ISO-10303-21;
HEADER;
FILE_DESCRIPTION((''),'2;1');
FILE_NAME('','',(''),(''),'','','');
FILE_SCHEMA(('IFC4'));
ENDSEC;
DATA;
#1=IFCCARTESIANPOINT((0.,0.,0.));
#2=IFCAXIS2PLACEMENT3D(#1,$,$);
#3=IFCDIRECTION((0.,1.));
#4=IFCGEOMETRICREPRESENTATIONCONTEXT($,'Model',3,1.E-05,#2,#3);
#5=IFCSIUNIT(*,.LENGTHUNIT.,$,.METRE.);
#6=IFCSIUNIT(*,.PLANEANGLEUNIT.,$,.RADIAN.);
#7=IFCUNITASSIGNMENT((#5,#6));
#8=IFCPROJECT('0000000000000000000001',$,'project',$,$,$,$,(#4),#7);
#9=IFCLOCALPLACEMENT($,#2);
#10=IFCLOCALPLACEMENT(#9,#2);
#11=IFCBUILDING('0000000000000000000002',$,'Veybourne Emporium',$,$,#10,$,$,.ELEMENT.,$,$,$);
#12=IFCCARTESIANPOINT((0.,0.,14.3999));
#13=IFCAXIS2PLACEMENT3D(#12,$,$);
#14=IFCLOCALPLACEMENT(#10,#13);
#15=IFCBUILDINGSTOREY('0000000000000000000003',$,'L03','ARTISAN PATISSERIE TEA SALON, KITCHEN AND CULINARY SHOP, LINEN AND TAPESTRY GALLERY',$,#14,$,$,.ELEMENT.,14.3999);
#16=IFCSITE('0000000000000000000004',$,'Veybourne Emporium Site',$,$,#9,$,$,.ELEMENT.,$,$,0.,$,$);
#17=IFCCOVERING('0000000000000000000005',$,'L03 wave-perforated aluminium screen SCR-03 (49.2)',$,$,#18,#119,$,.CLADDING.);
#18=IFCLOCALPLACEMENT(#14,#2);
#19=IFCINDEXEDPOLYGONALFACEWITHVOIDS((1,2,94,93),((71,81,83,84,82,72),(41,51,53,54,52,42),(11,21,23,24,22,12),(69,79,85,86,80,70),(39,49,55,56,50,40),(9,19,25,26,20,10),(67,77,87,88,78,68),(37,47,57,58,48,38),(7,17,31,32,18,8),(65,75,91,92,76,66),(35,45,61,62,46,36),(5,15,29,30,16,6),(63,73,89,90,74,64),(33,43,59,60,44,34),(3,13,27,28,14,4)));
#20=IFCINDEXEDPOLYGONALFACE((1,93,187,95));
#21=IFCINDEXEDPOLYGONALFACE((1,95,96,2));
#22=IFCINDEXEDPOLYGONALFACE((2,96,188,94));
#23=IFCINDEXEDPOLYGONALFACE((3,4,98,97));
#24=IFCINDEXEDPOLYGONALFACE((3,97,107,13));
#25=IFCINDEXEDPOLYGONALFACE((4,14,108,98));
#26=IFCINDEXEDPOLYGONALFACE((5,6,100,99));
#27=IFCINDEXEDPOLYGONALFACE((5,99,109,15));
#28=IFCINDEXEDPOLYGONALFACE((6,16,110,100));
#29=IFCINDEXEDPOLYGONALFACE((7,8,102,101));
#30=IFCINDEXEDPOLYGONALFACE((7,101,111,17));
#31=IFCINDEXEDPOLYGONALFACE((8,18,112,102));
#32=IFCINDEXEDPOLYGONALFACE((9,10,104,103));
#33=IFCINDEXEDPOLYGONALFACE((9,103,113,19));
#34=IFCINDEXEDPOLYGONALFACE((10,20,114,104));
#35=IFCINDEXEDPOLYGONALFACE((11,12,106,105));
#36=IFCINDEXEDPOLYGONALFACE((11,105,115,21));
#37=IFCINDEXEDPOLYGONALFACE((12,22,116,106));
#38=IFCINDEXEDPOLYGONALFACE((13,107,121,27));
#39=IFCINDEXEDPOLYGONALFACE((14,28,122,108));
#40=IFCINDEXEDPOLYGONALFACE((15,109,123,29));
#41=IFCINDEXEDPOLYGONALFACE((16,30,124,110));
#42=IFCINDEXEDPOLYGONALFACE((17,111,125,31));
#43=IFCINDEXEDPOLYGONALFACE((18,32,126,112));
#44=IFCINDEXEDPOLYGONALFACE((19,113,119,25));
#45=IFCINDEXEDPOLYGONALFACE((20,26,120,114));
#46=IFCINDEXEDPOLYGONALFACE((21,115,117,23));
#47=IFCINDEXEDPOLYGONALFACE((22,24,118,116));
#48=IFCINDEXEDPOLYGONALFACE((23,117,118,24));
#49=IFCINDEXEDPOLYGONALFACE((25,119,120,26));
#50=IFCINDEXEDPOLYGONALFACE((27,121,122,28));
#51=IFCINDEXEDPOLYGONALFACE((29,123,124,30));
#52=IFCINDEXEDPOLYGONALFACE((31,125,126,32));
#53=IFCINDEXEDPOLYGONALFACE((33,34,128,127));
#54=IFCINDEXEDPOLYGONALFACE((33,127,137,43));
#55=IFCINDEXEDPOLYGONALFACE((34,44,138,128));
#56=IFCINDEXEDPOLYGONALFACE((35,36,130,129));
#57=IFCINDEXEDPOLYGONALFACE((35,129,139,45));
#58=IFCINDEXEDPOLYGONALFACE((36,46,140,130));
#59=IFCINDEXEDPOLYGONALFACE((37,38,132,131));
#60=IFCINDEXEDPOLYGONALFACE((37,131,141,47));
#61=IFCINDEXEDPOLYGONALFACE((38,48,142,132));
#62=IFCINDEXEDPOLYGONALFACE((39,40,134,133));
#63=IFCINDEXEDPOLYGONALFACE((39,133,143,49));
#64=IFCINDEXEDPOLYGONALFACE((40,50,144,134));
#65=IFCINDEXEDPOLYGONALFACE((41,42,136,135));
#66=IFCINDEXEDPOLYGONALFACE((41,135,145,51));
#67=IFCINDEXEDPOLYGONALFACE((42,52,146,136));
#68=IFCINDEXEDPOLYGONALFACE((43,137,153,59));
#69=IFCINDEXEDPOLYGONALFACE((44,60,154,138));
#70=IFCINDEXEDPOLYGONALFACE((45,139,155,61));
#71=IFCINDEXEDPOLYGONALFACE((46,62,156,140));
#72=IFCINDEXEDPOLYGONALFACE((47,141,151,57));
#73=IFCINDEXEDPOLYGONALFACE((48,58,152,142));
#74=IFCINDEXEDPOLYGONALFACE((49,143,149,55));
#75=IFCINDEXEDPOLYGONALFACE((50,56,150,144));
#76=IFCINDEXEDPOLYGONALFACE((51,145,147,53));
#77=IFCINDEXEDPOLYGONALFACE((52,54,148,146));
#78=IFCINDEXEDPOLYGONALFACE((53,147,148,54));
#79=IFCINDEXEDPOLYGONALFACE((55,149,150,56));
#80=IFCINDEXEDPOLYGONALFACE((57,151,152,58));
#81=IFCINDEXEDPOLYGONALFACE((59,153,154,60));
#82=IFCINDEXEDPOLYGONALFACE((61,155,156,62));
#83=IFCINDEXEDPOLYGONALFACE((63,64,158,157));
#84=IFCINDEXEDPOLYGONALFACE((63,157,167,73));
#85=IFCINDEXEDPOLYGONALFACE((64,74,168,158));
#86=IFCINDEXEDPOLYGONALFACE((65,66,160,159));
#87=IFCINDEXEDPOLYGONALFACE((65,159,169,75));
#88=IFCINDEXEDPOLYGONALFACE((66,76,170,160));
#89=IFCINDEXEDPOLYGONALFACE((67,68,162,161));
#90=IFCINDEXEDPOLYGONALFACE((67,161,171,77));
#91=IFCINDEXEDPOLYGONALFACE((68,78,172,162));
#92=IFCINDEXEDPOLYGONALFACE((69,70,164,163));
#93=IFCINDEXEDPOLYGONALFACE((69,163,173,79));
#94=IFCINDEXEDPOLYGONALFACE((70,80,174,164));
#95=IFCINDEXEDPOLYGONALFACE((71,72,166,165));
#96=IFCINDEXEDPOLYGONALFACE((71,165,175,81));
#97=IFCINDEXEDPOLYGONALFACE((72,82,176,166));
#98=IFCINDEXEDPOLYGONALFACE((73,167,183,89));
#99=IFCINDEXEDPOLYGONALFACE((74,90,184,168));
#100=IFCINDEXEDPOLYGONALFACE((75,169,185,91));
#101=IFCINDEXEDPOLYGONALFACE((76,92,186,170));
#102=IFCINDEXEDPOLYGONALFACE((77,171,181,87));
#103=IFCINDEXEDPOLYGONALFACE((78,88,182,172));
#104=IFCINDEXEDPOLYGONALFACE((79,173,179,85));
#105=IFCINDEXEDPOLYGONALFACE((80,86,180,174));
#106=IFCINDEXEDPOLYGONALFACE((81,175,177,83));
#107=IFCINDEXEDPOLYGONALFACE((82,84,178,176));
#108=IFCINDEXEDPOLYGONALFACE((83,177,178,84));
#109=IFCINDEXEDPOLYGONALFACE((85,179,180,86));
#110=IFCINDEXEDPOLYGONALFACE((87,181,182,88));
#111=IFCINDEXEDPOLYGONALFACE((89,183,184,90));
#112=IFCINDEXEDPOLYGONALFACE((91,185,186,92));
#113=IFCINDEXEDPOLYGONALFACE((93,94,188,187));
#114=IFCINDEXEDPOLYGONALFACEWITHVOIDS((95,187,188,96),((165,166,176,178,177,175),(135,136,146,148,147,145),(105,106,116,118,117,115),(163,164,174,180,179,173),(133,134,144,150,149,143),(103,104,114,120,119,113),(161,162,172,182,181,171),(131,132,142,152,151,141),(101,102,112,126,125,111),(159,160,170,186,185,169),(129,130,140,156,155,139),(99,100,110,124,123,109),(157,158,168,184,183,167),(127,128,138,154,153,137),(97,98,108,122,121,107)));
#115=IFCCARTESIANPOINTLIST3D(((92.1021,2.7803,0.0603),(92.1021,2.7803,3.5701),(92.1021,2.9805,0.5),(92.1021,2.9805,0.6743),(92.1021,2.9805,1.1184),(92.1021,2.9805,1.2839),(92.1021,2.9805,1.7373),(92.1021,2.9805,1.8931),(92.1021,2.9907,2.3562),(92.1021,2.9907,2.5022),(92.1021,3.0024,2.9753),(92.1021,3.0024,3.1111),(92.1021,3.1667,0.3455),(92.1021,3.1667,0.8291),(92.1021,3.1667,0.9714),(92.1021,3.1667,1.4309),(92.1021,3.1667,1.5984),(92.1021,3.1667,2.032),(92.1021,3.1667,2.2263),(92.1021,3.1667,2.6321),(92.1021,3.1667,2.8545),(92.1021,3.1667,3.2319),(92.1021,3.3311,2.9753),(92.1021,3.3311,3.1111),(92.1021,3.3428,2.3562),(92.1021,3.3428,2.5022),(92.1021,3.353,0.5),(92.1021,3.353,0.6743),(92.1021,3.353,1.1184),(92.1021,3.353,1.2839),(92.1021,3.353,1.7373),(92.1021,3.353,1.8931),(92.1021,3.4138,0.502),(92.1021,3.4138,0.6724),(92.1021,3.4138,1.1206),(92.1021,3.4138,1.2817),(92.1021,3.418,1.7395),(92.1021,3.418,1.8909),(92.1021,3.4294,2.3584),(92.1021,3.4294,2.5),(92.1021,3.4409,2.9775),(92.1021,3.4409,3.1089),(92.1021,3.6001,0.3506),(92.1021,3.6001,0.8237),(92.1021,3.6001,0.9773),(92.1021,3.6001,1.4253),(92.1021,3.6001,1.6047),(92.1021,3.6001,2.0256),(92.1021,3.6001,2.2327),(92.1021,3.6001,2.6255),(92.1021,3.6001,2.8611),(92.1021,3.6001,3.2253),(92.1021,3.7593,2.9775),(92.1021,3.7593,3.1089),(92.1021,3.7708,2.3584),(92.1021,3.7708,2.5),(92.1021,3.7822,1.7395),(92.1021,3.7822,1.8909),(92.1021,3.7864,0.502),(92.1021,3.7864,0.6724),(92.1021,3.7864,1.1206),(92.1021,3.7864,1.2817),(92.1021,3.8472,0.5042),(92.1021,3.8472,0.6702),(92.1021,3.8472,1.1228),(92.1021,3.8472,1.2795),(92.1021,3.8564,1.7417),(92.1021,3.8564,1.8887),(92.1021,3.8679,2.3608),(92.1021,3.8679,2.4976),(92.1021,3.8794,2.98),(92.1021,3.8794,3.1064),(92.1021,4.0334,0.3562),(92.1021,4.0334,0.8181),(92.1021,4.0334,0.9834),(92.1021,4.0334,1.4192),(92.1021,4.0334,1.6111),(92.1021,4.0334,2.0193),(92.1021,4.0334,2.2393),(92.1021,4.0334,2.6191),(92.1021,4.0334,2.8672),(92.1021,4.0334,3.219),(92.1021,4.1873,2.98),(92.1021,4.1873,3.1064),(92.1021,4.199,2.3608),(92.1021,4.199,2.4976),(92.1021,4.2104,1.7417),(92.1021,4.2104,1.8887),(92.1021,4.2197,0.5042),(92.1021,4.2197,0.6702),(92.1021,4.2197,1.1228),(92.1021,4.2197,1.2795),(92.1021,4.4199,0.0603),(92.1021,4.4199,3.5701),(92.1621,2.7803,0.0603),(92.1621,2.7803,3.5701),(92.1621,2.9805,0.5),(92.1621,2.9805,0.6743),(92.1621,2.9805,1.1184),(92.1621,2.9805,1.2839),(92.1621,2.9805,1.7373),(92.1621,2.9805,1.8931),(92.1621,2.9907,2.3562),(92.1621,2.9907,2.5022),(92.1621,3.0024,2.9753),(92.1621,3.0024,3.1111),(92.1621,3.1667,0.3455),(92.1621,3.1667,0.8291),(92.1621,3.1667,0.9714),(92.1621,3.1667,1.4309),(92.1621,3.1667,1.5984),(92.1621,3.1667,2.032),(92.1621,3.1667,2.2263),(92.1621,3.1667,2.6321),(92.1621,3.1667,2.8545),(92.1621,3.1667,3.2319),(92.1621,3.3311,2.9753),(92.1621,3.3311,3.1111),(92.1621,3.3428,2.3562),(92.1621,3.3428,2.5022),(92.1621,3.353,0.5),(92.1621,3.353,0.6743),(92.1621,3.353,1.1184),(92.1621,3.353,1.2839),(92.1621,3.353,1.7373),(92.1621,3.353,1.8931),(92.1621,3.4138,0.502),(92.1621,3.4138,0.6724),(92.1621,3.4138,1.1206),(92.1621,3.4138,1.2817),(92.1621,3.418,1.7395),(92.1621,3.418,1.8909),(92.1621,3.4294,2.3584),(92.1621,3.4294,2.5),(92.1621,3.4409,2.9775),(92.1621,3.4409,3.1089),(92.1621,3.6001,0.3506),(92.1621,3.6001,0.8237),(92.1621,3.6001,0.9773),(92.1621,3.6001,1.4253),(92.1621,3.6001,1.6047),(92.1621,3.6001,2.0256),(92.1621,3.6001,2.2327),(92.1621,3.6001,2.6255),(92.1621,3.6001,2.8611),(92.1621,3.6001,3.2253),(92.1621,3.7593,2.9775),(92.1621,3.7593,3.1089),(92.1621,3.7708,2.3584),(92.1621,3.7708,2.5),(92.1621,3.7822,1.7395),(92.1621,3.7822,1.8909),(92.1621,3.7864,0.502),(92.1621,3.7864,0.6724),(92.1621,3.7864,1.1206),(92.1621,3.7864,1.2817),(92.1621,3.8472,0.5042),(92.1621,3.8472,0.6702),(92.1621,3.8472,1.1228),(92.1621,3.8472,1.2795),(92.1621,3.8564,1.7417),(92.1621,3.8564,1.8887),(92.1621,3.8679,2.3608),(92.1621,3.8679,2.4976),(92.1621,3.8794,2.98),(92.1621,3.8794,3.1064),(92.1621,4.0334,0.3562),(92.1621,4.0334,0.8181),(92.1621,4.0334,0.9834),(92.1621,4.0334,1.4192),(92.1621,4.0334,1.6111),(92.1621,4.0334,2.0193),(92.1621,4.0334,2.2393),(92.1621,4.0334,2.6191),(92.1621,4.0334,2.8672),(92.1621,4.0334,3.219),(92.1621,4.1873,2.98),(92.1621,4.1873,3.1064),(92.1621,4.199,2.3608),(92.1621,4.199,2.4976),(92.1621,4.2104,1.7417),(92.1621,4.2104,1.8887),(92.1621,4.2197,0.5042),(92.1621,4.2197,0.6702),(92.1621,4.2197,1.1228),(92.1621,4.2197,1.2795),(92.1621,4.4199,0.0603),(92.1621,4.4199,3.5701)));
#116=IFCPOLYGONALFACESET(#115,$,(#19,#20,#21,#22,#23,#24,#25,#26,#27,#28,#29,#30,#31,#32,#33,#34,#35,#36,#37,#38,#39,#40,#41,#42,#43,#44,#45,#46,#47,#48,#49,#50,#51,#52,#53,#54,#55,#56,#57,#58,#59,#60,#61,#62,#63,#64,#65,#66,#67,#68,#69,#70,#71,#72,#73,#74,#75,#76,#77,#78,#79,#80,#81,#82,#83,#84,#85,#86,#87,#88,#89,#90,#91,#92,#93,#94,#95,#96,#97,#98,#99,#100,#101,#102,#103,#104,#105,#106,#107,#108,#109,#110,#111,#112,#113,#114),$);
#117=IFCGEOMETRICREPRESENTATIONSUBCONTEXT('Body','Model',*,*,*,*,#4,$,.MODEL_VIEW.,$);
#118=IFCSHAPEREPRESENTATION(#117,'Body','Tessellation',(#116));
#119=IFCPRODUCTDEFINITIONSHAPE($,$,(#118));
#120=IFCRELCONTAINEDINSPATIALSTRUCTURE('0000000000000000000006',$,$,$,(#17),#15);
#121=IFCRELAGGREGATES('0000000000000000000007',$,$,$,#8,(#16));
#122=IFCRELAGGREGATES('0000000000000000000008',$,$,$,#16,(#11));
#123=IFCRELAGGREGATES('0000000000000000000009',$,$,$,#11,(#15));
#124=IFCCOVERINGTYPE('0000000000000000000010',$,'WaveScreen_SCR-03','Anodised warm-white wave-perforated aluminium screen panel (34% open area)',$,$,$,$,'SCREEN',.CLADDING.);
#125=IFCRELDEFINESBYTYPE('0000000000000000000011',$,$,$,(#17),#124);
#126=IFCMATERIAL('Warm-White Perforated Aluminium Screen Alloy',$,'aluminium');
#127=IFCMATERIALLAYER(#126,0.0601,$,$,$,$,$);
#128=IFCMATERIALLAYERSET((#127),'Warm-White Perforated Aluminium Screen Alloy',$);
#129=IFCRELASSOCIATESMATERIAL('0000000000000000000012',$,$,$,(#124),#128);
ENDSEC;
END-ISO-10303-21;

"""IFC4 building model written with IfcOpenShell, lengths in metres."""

from ifc_helpers import new_model, si_unit, direction, frame, origin, place, context, subcontext, project, spatial, polyline, outline, extrude, material, layer, layer_set, type_object, element, save


model = new_model("IFC4")

# Units and contexts
model_context = context("Model", 3, precision=1e-05, world=origin(), true_north=direction((0.0, 1.0)))
body_context = subcontext(model_context, "Body", "Model", "MODEL_VIEW")
ifc_project = project(units=[si_unit("LENGTHUNIT", "METRE"), si_unit("PLANEANGLEUNIT", "RADIAN")], contexts=[model_context])

# Site, building, storey
site_placement = place(None, origin())
site = spatial("IfcSite", under=ifc_project, at=site_placement, Name="Veybourne Emporium Site", CompositionType="ELEMENT", RefElevation=0.0)
building_placement = place(site_placement, origin())
building = spatial("IfcBuilding", under=site, at=building_placement, Name="Veybourne Emporium", CompositionType="ELEMENT")
storey_placement = place(building_placement, frame((0.0, 0.0, 14.3999)))
storey = spatial("IfcBuildingStorey", under=building, at=storey_placement, Name="L03", Description="ARTISAN PATISSERIE TEA SALON, KITCHEN AND CULINARY SHOP, LINEN AND TAPESTRY GALLERY", CompositionType="ELEMENT", Elevation=14.3999)

# Covering
ifc_material_1 = material(Name="Warm-White Perforated Aluminium Screen Alloy", Category="aluminium")
ifc_layer_1 = layer(ifc_material_1, 0.0601)
ifc_layer_set_1 = layer_set([ifc_layer_1], Name="Warm-White Perforated Aluminium Screen Alloy")
covering_type_1 = type_object("IfcCoveringType", Name="WaveScreen_SCR-03", Description="Anodised warm-white wave-perforated aluminium screen panel (34% open area)", ElementType="SCREEN", PredefinedType="CLADDING", material=ifc_layer_set_1)
covering_1_placement = place(storey_placement, frame((92.1021, 3.6001, 1.8152), z_axis=(1.0, 0.0, 0.0), x_axis=(0.0, 1.0, 0.0)))
element("IfcCovering", 1, at=covering_1_placement, inside=storey, type_object=covering_type_1, Name="L03 wave-perforated aluminium screen SCR-03 (49.2)", PredefinedType="CLADDING", context=body_context, shape_type="SweptSolid", body=[
    extrude(outline(polyline([(-0.8198, -1.7549), (0.8198, -1.7549), (0.8198, 1.7549), (-0.8198, 1.7549), (-0.8198, -1.7549)]), holes=[polyline([(-0.4333, -0.9861), (-0.2471, -1.1409), (-0.2471, -1.3152), (-0.4333, -1.4697), (-0.6196, -1.3152), (-0.6196, -1.1409), (-0.4333, -0.9861)]), polyline([(-0.4333, -0.3843), (-0.2471, -0.5312), (-0.2471, -0.6968), (-0.4333, -0.8438), (-0.6196, -0.6968), (-0.6196, -0.5312), (-0.4333, -0.3843)]), polyline([(-0.4333, 0.2168), (-0.2471, 0.0779), (-0.2471, -0.0779), (-0.4333, -0.2168), (-0.6196, -0.0779), (-0.6196, 0.0779), (-0.4333, 0.2168)]), polyline([(-0.4333, 0.8169), (-0.2573, 0.687), (-0.2573, 0.541), (-0.4333, 0.4111), (-0.6094, 0.541), (-0.6094, 0.687), (-0.4333, 0.8169)]), polyline([(-0.4333, 1.4167), (-0.269, 1.2959), (-0.269, 1.1602), (-0.4333, 1.0393), (-0.5977, 1.1602), (-0.5977, 1.2959), (-0.4333, 1.4167)]), polyline([(0.0, -0.9915), (0.1863, -1.1428), (0.1863, -1.3132), (0.0, -1.4646), (-0.1863, -1.3132), (-0.1863, -1.1428), (0.0, -0.9915)]), polyline([(0.0, -0.3899), (0.1863, -0.5334), (0.1863, -0.6946), (0.0, -0.8379), (-0.1863, -0.6946), (-0.1863, -0.5334), (0.0, -0.3899)]), polyline([(0.0, 0.2104), (0.1821, 0.0757), (0.1821, -0.0757), (0.0, -0.2104), (-0.1821, -0.0757), (-0.1821, 0.0757), (0.0, 0.2104)]), polyline([(0.0, 0.8103), (0.1707, 0.6848), (0.1707, 0.5432), (0.0, 0.4175), (-0.1707, 0.5432), (-0.1707, 0.6848), (0.0, 0.8103)]), polyline([(0.0, 1.4102), (0.1592, 1.2937), (0.1592, 1.1624), (0.0, 1.0459), (-0.1592, 1.1624), (-0.1592, 1.2937), (0.0, 1.4102)]), polyline([(0.4333, -0.9971), (0.6196, -1.145), (0.6196, -1.311), (0.4333, -1.459), (0.2471, -1.311), (0.2471, -1.145), (0.4333, -0.9971)]), polyline([(0.4333, -0.396), (0.6196, -0.5356), (0.6196, -0.6924), (0.4333, -0.8318), (0.2471, -0.6924), (0.2471, -0.5356), (0.4333, -0.396)]), polyline([(0.4333, 0.2041), (0.6104, 0.0735), (0.6104, -0.0735), (0.4333, -0.2041), (0.2563, -0.0735), (0.2563, 0.0735), (0.4333, 0.2041)]), polyline([(0.4333, 0.804), (0.5989, 0.6824), (0.5989, 0.5457), (0.4333, 0.4241), (0.2678, 0.5457), (0.2678, 0.6824), (0.4333, 0.804)]), polyline([(0.4333, 1.4038), (0.5872, 1.2913), (0.5872, 1.1648), (0.4333, 1.052), (0.2793, 1.1648), (0.2793, 1.2913), (0.4333, 1.4038)])]), origin(), (0.0, 0.0, 1.0), 0.0601),
])

save(model, "model.ifc")
